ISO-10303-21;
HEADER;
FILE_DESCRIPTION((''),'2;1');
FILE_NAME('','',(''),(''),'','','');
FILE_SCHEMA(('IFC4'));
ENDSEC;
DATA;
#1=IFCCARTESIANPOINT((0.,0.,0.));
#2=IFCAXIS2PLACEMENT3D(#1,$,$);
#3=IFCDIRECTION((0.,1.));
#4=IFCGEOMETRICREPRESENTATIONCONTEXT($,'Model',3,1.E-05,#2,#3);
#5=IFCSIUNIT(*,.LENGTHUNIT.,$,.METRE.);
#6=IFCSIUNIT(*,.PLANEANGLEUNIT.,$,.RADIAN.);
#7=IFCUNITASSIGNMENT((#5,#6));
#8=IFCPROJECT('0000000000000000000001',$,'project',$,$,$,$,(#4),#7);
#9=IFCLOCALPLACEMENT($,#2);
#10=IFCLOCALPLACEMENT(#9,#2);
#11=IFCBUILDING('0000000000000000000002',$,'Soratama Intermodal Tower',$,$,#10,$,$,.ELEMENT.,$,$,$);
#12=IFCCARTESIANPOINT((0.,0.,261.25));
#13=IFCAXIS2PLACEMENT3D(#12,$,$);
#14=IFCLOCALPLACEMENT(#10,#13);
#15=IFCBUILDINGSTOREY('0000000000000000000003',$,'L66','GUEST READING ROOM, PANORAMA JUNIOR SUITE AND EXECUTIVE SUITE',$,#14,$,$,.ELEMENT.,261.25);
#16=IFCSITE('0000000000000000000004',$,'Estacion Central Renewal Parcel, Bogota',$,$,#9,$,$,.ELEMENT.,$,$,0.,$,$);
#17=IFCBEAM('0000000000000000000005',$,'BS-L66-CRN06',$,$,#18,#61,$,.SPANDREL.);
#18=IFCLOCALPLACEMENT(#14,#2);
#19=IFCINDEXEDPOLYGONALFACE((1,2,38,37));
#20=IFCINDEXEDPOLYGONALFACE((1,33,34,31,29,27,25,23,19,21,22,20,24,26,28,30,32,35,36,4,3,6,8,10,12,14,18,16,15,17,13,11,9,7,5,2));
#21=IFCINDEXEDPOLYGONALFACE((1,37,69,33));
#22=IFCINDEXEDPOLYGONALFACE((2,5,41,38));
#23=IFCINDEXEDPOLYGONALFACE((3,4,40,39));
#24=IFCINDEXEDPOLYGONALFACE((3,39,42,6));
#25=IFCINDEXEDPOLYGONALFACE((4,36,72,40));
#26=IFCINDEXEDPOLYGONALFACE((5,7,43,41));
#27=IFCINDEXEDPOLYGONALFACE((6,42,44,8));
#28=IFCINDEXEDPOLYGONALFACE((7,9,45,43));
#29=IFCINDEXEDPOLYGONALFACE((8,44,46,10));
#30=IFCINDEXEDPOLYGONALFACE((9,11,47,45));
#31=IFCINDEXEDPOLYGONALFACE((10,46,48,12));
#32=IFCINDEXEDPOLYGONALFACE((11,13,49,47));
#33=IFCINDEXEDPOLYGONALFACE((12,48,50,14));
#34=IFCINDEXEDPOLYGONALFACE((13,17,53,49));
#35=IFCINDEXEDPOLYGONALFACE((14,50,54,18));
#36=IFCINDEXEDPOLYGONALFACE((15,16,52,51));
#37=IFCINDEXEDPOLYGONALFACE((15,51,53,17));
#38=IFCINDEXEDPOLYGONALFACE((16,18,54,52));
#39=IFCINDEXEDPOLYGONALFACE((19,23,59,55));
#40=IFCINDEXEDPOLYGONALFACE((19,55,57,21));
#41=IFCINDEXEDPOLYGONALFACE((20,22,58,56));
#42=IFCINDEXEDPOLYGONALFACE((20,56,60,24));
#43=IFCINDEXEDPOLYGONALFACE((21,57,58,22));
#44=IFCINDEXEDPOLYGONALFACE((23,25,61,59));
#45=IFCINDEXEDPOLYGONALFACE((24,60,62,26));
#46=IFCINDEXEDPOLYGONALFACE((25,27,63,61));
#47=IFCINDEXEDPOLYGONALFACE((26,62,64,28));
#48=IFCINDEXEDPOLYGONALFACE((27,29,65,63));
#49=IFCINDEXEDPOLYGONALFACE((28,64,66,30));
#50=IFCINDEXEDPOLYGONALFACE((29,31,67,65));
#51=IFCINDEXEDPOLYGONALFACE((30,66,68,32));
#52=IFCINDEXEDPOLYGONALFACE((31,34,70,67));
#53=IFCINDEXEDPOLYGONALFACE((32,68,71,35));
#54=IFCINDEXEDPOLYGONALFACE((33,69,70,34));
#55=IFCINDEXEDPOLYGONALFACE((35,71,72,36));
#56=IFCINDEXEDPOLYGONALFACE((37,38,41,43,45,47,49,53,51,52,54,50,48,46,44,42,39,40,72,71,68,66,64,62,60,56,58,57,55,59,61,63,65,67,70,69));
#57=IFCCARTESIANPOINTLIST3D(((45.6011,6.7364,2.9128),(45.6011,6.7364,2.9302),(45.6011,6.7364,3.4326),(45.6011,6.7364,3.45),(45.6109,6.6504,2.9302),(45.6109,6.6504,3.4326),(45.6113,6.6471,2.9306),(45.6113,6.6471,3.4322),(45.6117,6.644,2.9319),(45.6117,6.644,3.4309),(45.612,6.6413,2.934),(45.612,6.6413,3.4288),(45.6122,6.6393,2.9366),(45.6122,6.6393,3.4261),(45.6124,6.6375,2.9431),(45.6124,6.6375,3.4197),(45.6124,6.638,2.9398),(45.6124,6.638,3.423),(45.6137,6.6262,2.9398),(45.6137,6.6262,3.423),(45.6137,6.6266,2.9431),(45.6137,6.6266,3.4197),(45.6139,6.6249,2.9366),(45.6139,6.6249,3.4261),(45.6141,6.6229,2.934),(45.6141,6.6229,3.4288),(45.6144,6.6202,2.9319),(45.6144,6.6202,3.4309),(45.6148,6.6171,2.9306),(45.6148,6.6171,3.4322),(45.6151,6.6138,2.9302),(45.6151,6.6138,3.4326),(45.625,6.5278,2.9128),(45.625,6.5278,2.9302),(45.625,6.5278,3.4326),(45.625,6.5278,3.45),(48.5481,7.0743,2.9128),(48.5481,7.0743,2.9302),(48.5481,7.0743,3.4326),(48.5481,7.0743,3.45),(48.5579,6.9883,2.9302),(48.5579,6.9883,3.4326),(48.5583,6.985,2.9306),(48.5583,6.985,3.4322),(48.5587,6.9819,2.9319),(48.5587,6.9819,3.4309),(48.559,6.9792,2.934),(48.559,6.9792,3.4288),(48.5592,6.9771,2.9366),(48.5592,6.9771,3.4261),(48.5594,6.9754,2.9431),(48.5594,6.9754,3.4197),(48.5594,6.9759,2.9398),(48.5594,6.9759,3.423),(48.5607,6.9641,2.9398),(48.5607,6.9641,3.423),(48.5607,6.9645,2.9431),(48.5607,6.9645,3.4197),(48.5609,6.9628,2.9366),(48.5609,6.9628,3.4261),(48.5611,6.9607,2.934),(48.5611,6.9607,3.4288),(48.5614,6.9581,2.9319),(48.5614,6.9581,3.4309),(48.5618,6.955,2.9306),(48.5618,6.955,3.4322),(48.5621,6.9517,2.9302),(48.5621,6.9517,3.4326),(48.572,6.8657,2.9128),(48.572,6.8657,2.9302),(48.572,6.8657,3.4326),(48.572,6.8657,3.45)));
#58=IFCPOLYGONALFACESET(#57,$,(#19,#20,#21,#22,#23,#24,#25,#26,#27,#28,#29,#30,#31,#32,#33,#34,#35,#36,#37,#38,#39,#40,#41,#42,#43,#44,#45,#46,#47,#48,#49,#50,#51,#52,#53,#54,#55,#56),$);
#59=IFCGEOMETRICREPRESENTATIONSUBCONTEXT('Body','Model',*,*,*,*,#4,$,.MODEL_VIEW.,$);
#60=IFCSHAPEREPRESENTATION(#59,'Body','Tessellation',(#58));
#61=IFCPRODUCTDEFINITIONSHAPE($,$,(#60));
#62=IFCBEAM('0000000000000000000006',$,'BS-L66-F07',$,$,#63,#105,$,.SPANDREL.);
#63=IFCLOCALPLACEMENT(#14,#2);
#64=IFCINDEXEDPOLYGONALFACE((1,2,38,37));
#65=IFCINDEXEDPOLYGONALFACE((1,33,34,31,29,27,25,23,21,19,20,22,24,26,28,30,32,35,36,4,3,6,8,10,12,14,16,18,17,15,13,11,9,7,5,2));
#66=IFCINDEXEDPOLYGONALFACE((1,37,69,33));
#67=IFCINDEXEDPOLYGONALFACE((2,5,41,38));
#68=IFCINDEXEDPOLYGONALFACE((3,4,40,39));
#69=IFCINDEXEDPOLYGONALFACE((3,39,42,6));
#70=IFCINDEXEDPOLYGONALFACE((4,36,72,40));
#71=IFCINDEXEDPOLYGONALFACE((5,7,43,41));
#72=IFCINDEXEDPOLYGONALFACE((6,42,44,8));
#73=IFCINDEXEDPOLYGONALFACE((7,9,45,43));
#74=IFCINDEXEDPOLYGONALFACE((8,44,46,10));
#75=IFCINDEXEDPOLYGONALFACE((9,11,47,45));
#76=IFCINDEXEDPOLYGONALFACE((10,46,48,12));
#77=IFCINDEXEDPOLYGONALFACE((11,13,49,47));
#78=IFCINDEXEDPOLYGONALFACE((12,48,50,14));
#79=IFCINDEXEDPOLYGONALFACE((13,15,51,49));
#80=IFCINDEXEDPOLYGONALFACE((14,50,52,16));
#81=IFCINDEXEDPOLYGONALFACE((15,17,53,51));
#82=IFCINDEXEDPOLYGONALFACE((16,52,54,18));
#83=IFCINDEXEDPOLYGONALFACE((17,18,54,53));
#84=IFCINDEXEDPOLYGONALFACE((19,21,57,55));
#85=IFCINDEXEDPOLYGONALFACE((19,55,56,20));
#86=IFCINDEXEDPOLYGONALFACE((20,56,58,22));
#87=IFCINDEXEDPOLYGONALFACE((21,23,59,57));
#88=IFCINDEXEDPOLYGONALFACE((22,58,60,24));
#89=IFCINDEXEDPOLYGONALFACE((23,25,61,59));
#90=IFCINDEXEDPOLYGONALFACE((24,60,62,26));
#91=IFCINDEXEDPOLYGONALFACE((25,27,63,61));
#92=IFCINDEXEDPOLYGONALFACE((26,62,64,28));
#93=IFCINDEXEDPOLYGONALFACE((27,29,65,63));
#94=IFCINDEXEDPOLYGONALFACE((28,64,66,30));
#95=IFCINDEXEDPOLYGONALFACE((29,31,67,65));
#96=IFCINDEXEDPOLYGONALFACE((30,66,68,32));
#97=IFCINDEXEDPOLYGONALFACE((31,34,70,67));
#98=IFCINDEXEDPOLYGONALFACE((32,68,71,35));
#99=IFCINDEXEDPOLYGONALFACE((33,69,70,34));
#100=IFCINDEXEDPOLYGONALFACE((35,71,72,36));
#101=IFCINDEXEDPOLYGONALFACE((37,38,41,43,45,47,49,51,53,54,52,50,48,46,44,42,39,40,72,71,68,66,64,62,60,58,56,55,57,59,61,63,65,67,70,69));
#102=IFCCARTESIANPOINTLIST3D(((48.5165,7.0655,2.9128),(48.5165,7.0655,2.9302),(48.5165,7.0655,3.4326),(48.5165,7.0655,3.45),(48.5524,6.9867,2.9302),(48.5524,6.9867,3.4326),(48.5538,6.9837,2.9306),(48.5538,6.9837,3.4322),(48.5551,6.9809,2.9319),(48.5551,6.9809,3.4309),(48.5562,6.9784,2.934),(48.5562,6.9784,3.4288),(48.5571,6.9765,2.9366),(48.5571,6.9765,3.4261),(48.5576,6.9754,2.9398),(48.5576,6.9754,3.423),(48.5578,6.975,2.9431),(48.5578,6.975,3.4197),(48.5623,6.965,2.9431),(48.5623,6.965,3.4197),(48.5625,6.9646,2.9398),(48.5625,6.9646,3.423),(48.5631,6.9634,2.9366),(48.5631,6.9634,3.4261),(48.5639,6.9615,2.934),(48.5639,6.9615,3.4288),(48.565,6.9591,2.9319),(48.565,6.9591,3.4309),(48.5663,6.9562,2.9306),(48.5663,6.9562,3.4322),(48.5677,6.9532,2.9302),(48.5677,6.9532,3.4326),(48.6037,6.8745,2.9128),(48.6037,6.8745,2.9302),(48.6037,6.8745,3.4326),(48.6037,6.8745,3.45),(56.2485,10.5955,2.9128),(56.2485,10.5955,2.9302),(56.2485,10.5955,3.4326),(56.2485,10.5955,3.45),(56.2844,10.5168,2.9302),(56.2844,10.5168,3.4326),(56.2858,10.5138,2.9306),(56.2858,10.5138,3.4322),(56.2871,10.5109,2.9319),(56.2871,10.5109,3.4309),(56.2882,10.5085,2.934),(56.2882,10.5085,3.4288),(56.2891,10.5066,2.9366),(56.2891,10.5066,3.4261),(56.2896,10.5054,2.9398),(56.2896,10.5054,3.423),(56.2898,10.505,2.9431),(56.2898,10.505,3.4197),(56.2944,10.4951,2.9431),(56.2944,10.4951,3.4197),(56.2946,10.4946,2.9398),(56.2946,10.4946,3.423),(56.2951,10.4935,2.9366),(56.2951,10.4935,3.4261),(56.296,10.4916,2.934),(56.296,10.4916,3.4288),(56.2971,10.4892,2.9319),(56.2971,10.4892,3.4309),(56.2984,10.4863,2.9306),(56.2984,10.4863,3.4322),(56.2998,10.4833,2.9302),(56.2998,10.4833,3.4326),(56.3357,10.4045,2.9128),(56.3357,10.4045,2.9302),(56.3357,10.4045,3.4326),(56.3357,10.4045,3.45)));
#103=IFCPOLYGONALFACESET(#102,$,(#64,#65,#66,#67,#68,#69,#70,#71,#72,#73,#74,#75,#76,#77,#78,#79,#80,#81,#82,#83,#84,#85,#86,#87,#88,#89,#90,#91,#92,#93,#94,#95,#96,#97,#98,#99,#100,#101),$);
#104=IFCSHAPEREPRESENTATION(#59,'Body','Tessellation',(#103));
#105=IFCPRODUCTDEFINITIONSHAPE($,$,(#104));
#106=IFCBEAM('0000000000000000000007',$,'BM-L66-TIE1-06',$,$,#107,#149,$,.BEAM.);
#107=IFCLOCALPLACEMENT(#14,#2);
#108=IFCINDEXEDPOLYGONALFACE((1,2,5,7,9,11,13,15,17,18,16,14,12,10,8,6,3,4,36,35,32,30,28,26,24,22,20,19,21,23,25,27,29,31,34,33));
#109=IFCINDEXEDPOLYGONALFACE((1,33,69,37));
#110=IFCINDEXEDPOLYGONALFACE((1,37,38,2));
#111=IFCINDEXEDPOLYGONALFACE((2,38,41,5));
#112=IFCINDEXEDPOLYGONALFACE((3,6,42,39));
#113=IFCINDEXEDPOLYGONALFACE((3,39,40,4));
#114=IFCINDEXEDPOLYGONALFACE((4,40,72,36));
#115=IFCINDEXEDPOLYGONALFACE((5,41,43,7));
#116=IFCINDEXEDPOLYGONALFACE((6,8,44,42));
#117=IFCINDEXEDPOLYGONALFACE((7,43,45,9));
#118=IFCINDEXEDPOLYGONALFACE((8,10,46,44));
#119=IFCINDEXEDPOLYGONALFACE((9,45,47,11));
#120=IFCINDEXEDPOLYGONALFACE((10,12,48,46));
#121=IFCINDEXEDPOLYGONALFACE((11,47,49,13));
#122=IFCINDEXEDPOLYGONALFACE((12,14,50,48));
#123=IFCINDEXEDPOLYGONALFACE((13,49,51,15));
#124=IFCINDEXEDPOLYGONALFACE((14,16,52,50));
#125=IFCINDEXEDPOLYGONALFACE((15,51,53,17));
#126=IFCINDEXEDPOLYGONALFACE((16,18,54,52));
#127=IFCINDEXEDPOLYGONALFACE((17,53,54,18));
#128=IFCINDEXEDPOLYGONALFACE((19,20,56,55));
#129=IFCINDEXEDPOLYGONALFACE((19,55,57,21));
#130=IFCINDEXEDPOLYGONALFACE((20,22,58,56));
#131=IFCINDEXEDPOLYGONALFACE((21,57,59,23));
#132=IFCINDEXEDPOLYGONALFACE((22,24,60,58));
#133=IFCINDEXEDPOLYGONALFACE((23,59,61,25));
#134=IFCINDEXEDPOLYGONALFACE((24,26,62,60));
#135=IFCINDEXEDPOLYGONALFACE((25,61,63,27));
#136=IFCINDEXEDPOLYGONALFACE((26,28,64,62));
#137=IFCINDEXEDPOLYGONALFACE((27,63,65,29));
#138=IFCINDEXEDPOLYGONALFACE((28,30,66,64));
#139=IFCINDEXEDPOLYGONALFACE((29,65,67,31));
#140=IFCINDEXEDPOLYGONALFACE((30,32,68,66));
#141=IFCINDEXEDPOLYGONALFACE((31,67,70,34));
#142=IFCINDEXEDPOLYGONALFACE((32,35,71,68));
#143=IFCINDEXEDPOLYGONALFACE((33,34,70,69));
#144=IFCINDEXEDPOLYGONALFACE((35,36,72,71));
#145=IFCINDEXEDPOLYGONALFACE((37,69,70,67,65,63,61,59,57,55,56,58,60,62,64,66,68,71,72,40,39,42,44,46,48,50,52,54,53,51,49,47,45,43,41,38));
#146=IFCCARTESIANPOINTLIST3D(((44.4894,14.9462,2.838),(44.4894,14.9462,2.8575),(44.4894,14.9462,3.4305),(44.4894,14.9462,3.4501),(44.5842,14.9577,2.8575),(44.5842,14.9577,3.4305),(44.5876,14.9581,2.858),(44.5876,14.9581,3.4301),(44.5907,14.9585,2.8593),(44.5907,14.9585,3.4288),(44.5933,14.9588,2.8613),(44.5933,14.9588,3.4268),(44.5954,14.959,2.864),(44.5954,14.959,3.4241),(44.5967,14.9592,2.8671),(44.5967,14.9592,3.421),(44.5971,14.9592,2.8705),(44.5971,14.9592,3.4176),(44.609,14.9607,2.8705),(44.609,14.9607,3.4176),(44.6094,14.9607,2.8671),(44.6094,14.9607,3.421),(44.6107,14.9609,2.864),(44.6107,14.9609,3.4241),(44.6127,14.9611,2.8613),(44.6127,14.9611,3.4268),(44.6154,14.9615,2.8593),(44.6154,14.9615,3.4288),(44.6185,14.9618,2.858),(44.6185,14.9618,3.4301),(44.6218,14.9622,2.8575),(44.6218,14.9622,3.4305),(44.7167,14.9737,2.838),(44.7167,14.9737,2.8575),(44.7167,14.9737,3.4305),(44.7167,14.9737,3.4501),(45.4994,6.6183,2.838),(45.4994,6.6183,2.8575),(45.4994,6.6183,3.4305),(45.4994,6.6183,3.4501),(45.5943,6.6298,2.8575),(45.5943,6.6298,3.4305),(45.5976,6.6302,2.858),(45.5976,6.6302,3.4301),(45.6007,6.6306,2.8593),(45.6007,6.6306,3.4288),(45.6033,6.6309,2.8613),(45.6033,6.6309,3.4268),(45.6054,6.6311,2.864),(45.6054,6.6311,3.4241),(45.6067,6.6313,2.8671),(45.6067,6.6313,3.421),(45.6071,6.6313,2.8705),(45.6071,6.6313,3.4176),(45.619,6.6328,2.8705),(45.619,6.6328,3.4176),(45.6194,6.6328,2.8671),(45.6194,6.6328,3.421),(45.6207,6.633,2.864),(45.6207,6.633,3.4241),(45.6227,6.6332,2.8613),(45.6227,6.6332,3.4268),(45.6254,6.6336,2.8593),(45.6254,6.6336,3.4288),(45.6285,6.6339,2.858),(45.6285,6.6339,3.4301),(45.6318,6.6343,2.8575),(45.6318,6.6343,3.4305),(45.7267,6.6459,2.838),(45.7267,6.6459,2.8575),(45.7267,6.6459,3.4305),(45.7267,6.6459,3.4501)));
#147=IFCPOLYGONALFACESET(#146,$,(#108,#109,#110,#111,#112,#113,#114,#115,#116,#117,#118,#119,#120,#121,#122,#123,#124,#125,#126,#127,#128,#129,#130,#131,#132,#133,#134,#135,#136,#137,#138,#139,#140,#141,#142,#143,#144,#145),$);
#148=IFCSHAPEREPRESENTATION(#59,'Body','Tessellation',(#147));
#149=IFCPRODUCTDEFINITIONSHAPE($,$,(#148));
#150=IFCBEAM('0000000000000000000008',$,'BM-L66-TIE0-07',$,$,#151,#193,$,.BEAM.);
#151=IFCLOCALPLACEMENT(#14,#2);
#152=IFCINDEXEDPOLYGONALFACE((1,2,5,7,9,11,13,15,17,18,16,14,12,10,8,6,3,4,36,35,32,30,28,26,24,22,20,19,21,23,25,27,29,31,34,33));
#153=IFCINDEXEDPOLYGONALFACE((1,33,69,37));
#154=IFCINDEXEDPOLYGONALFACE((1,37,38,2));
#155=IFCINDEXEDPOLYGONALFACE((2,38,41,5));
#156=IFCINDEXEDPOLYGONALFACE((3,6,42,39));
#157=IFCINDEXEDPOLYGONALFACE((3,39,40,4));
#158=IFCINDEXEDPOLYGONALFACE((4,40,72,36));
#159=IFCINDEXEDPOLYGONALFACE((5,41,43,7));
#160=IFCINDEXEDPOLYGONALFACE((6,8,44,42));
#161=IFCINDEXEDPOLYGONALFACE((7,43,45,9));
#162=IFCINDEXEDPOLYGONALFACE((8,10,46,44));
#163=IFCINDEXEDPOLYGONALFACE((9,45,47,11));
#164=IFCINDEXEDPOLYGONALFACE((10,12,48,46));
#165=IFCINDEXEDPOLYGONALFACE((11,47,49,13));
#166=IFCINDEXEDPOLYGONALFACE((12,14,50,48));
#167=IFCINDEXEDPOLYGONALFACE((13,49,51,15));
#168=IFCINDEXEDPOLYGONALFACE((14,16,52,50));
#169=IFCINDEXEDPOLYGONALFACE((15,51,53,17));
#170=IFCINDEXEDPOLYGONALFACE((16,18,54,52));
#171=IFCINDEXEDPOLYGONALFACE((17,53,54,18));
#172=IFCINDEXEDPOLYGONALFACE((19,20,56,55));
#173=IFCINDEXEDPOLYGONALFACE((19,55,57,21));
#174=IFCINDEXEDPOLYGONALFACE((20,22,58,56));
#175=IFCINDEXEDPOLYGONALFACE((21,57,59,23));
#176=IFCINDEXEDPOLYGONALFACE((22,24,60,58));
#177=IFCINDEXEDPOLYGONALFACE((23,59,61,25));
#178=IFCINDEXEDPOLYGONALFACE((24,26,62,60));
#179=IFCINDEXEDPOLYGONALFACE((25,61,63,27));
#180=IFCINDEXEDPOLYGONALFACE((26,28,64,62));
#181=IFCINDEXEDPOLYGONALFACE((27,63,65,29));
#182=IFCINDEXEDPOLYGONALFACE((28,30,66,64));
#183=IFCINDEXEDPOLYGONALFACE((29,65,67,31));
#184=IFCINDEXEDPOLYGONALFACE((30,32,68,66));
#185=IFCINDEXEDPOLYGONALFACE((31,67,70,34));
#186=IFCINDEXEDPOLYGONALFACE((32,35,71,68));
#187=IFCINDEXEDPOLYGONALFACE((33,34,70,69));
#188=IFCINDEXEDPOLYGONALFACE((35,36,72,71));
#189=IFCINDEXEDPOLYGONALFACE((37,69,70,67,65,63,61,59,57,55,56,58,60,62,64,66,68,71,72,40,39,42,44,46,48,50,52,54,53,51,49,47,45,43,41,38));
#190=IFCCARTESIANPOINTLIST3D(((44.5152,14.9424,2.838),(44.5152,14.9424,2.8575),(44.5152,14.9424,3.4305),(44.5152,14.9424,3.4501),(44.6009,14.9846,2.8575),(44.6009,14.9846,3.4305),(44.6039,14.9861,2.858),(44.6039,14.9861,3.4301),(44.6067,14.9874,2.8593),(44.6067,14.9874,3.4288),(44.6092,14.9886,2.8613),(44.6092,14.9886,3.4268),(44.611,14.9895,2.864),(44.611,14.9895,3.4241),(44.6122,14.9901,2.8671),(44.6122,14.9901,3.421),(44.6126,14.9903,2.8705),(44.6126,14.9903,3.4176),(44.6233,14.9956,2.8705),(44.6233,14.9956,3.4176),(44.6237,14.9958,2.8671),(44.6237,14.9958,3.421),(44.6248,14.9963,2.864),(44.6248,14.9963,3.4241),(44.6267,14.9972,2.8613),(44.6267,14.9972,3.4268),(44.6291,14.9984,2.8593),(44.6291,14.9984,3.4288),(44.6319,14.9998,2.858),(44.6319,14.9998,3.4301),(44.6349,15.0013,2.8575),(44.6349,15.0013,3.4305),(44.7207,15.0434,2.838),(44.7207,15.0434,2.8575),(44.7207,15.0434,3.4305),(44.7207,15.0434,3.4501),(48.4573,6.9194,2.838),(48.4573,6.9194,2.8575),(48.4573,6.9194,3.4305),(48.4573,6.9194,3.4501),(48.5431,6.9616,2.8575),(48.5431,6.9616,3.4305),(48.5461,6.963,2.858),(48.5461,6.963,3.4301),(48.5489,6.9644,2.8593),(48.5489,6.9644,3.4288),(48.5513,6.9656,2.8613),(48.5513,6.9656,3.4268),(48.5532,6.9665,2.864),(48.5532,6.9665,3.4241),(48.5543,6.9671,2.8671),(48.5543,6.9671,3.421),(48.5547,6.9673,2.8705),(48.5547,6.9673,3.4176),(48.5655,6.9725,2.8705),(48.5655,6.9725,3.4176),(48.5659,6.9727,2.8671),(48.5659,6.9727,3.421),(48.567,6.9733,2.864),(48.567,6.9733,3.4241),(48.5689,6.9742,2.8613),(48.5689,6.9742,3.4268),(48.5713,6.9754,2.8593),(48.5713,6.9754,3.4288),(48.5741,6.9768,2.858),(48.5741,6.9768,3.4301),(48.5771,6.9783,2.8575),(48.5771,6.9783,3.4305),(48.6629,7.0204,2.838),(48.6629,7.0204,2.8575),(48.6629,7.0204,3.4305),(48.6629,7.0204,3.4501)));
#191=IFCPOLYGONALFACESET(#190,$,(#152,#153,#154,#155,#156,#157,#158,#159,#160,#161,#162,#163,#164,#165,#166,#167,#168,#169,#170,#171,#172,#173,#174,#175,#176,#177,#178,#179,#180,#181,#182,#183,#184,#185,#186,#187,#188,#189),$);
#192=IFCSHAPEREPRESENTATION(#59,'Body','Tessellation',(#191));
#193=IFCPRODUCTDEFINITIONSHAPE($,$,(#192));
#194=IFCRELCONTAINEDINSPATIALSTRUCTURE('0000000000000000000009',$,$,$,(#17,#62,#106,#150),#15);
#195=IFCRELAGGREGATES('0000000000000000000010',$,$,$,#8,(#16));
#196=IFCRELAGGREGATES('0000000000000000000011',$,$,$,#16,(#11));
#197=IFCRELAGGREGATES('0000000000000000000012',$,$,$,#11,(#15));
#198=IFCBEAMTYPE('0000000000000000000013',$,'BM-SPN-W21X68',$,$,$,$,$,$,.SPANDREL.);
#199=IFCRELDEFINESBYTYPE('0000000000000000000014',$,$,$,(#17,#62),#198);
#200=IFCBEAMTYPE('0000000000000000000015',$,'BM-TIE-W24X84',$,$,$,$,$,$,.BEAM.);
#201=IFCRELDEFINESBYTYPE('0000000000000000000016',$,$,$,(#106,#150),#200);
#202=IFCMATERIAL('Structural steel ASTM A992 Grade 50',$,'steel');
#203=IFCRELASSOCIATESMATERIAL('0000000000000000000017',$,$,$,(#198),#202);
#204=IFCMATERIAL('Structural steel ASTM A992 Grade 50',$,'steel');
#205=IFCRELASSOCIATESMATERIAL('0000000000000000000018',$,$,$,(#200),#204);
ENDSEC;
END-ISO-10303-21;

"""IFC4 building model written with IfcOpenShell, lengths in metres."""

from ifc_helpers import new_model, si_unit, direction, frame, origin, origin_2d, place, context, subcontext, project, spatial, i_section, extrude, material, material_profile, profile_set, type_object, element, save


model = new_model("IFC4")

# Units and contexts
model_context = context("Model", 3, precision=1e-05, world=origin(), true_north=direction((0.0, 1.0)))
body_context = subcontext(model_context, "Body", "Model", "MODEL_VIEW")
ifc_project = project(units=[si_unit("LENGTHUNIT", "METRE"), si_unit("PLANEANGLEUNIT", "RADIAN")], contexts=[model_context])

# Site, building, storey
site_placement = place(None, origin())
site = spatial("IfcSite", under=ifc_project, at=site_placement, Name="Estacion Central Renewal Parcel, Bogota", CompositionType="ELEMENT", RefElevation=0.0)
building_placement = place(site_placement, origin())
building = spatial("IfcBuilding", under=site, at=building_placement, Name="Soratama Intermodal Tower", CompositionType="ELEMENT")
storey_placement = place(building_placement, frame((0.0, 0.0, 261.25)))
storey = spatial("IfcBuildingStorey", under=building, at=storey_placement, Name="L66", Description="GUEST READING ROOM, PANORAMA JUNIOR SUITE AND EXECUTIVE SUITE", CompositionType="ELEMENT", Elevation=261.25)

# Beams
ifc_material_1 = material(Name="Structural steel ASTM A992 Grade 50", Category="steel")
ifc_material_profile_1 = material_profile(ifc_material_1, i_section(OverallWidth=0.21, OverallDepth=0.5371, WebThickness=0.011, FlangeThickness=0.0173, FilletRadius=0.0129, at=origin_2d()), Name="W21X68")
ifc_profile_set_1 = profile_set([ifc_material_profile_1], Name="Structural steel ASTM A992 Grade 50")
beam_type_1 = type_object("IfcBeamType", Name="BM-SPN-W21X68", PredefinedType="SPANDREL", material=ifc_profile_set_1)
beam_1_placement = place(storey_placement, frame((45.613, 6.6321, 3.1814), z_axis=(0.993491, 0.113909, 0.0), x_axis=(-0.113909, 0.993491, 0.0)))
element("IfcBeam", 1, at=beam_1_placement, inside=storey, type_object=beam_type_1, Name="BS-L66-CRN06", PredefinedType="SPANDREL", context=body_context, shape_type="SweptSolid", body=[
    extrude(i_section(OverallWidth=0.21, OverallDepth=0.5371, WebThickness=0.011, FlangeThickness=0.0173, FilletRadius=0.0129, at=origin_2d()), origin(), (0.0, 0.0, 1.0), 2.9663),
])
beam_2_placement = place(storey_placement, frame((48.5601, 6.97, 3.1814), z_axis=(0.909678, 0.415315, 0.0), x_axis=(-0.415315, 0.909678, 0.0)))
element("IfcBeam", 2, at=beam_2_placement, inside=storey, type_object=beam_type_1, Name="BS-L66-F07", PredefinedType="SPANDREL", context=body_context, shape_type="SweptSolid", body=[
    extrude(i_section(OverallWidth=0.21, OverallDepth=0.5371, WebThickness=0.011, FlangeThickness=0.0173, FilletRadius=0.0129, at=origin_2d()), origin(), (0.0, 0.0, 1.0), 8.4998),
])
ifc_material_2 = material(Name="Structural steel ASTM A992 Grade 50", Category="steel")
ifc_material_profile_2 = material_profile(ifc_material_2, i_section(OverallWidth=0.229, OverallDepth=0.6121, WebThickness=0.012, FlangeThickness=0.0195, FilletRadius=0.0129, at=origin_2d()), Name="W24X84")
ifc_profile_set_2 = profile_set([ifc_material_profile_2], Name="Structural steel ASTM A992 Grade 50")
beam_type_2 = type_object("IfcBeamType", Name="BM-TIE-W24X84", PredefinedType="BEAM", material=ifc_profile_set_2)
beam_3_placement = place(storey_placement, frame((44.603, 14.96, 3.144), z_axis=(0.120398, -0.992726, 0.0), x_axis=(0.992726, 0.120398, 0.0)))
element("IfcBeam", 3, at=beam_3_placement, inside=storey, type_object=beam_type_2, Name="BM-L66-TIE1-06", PredefinedType="BEAM", context=body_context, shape_type="SweptSolid", body=[
    extrude(i_section(OverallWidth=0.229, OverallDepth=0.6121, WebThickness=0.012, FlangeThickness=0.0195, FilletRadius=0.0129, at=origin_2d()), origin(), (0.0, 0.0, 1.0), 8.3889),
])
beam_4_placement = place(storey_placement, frame((44.6179, 14.9929, 3.144), z_axis=(0.440998, -0.897508, 0.0), x_axis=(0.897508, 0.440998, 0.0)))
element("IfcBeam", 4, at=beam_4_placement, inside=storey, type_object=beam_type_2, Name="BM-L66-TIE0-07", PredefinedType="BEAM", context=body_context, shape_type="SweptSolid", body=[
    extrude(i_section(OverallWidth=0.229, OverallDepth=0.6121, WebThickness=0.012, FlangeThickness=0.0195, FilletRadius=0.0129, at=origin_2d()), origin(), (0.0, 0.0, 1.0), 8.9392),
])

save(model, "model.ifc")
